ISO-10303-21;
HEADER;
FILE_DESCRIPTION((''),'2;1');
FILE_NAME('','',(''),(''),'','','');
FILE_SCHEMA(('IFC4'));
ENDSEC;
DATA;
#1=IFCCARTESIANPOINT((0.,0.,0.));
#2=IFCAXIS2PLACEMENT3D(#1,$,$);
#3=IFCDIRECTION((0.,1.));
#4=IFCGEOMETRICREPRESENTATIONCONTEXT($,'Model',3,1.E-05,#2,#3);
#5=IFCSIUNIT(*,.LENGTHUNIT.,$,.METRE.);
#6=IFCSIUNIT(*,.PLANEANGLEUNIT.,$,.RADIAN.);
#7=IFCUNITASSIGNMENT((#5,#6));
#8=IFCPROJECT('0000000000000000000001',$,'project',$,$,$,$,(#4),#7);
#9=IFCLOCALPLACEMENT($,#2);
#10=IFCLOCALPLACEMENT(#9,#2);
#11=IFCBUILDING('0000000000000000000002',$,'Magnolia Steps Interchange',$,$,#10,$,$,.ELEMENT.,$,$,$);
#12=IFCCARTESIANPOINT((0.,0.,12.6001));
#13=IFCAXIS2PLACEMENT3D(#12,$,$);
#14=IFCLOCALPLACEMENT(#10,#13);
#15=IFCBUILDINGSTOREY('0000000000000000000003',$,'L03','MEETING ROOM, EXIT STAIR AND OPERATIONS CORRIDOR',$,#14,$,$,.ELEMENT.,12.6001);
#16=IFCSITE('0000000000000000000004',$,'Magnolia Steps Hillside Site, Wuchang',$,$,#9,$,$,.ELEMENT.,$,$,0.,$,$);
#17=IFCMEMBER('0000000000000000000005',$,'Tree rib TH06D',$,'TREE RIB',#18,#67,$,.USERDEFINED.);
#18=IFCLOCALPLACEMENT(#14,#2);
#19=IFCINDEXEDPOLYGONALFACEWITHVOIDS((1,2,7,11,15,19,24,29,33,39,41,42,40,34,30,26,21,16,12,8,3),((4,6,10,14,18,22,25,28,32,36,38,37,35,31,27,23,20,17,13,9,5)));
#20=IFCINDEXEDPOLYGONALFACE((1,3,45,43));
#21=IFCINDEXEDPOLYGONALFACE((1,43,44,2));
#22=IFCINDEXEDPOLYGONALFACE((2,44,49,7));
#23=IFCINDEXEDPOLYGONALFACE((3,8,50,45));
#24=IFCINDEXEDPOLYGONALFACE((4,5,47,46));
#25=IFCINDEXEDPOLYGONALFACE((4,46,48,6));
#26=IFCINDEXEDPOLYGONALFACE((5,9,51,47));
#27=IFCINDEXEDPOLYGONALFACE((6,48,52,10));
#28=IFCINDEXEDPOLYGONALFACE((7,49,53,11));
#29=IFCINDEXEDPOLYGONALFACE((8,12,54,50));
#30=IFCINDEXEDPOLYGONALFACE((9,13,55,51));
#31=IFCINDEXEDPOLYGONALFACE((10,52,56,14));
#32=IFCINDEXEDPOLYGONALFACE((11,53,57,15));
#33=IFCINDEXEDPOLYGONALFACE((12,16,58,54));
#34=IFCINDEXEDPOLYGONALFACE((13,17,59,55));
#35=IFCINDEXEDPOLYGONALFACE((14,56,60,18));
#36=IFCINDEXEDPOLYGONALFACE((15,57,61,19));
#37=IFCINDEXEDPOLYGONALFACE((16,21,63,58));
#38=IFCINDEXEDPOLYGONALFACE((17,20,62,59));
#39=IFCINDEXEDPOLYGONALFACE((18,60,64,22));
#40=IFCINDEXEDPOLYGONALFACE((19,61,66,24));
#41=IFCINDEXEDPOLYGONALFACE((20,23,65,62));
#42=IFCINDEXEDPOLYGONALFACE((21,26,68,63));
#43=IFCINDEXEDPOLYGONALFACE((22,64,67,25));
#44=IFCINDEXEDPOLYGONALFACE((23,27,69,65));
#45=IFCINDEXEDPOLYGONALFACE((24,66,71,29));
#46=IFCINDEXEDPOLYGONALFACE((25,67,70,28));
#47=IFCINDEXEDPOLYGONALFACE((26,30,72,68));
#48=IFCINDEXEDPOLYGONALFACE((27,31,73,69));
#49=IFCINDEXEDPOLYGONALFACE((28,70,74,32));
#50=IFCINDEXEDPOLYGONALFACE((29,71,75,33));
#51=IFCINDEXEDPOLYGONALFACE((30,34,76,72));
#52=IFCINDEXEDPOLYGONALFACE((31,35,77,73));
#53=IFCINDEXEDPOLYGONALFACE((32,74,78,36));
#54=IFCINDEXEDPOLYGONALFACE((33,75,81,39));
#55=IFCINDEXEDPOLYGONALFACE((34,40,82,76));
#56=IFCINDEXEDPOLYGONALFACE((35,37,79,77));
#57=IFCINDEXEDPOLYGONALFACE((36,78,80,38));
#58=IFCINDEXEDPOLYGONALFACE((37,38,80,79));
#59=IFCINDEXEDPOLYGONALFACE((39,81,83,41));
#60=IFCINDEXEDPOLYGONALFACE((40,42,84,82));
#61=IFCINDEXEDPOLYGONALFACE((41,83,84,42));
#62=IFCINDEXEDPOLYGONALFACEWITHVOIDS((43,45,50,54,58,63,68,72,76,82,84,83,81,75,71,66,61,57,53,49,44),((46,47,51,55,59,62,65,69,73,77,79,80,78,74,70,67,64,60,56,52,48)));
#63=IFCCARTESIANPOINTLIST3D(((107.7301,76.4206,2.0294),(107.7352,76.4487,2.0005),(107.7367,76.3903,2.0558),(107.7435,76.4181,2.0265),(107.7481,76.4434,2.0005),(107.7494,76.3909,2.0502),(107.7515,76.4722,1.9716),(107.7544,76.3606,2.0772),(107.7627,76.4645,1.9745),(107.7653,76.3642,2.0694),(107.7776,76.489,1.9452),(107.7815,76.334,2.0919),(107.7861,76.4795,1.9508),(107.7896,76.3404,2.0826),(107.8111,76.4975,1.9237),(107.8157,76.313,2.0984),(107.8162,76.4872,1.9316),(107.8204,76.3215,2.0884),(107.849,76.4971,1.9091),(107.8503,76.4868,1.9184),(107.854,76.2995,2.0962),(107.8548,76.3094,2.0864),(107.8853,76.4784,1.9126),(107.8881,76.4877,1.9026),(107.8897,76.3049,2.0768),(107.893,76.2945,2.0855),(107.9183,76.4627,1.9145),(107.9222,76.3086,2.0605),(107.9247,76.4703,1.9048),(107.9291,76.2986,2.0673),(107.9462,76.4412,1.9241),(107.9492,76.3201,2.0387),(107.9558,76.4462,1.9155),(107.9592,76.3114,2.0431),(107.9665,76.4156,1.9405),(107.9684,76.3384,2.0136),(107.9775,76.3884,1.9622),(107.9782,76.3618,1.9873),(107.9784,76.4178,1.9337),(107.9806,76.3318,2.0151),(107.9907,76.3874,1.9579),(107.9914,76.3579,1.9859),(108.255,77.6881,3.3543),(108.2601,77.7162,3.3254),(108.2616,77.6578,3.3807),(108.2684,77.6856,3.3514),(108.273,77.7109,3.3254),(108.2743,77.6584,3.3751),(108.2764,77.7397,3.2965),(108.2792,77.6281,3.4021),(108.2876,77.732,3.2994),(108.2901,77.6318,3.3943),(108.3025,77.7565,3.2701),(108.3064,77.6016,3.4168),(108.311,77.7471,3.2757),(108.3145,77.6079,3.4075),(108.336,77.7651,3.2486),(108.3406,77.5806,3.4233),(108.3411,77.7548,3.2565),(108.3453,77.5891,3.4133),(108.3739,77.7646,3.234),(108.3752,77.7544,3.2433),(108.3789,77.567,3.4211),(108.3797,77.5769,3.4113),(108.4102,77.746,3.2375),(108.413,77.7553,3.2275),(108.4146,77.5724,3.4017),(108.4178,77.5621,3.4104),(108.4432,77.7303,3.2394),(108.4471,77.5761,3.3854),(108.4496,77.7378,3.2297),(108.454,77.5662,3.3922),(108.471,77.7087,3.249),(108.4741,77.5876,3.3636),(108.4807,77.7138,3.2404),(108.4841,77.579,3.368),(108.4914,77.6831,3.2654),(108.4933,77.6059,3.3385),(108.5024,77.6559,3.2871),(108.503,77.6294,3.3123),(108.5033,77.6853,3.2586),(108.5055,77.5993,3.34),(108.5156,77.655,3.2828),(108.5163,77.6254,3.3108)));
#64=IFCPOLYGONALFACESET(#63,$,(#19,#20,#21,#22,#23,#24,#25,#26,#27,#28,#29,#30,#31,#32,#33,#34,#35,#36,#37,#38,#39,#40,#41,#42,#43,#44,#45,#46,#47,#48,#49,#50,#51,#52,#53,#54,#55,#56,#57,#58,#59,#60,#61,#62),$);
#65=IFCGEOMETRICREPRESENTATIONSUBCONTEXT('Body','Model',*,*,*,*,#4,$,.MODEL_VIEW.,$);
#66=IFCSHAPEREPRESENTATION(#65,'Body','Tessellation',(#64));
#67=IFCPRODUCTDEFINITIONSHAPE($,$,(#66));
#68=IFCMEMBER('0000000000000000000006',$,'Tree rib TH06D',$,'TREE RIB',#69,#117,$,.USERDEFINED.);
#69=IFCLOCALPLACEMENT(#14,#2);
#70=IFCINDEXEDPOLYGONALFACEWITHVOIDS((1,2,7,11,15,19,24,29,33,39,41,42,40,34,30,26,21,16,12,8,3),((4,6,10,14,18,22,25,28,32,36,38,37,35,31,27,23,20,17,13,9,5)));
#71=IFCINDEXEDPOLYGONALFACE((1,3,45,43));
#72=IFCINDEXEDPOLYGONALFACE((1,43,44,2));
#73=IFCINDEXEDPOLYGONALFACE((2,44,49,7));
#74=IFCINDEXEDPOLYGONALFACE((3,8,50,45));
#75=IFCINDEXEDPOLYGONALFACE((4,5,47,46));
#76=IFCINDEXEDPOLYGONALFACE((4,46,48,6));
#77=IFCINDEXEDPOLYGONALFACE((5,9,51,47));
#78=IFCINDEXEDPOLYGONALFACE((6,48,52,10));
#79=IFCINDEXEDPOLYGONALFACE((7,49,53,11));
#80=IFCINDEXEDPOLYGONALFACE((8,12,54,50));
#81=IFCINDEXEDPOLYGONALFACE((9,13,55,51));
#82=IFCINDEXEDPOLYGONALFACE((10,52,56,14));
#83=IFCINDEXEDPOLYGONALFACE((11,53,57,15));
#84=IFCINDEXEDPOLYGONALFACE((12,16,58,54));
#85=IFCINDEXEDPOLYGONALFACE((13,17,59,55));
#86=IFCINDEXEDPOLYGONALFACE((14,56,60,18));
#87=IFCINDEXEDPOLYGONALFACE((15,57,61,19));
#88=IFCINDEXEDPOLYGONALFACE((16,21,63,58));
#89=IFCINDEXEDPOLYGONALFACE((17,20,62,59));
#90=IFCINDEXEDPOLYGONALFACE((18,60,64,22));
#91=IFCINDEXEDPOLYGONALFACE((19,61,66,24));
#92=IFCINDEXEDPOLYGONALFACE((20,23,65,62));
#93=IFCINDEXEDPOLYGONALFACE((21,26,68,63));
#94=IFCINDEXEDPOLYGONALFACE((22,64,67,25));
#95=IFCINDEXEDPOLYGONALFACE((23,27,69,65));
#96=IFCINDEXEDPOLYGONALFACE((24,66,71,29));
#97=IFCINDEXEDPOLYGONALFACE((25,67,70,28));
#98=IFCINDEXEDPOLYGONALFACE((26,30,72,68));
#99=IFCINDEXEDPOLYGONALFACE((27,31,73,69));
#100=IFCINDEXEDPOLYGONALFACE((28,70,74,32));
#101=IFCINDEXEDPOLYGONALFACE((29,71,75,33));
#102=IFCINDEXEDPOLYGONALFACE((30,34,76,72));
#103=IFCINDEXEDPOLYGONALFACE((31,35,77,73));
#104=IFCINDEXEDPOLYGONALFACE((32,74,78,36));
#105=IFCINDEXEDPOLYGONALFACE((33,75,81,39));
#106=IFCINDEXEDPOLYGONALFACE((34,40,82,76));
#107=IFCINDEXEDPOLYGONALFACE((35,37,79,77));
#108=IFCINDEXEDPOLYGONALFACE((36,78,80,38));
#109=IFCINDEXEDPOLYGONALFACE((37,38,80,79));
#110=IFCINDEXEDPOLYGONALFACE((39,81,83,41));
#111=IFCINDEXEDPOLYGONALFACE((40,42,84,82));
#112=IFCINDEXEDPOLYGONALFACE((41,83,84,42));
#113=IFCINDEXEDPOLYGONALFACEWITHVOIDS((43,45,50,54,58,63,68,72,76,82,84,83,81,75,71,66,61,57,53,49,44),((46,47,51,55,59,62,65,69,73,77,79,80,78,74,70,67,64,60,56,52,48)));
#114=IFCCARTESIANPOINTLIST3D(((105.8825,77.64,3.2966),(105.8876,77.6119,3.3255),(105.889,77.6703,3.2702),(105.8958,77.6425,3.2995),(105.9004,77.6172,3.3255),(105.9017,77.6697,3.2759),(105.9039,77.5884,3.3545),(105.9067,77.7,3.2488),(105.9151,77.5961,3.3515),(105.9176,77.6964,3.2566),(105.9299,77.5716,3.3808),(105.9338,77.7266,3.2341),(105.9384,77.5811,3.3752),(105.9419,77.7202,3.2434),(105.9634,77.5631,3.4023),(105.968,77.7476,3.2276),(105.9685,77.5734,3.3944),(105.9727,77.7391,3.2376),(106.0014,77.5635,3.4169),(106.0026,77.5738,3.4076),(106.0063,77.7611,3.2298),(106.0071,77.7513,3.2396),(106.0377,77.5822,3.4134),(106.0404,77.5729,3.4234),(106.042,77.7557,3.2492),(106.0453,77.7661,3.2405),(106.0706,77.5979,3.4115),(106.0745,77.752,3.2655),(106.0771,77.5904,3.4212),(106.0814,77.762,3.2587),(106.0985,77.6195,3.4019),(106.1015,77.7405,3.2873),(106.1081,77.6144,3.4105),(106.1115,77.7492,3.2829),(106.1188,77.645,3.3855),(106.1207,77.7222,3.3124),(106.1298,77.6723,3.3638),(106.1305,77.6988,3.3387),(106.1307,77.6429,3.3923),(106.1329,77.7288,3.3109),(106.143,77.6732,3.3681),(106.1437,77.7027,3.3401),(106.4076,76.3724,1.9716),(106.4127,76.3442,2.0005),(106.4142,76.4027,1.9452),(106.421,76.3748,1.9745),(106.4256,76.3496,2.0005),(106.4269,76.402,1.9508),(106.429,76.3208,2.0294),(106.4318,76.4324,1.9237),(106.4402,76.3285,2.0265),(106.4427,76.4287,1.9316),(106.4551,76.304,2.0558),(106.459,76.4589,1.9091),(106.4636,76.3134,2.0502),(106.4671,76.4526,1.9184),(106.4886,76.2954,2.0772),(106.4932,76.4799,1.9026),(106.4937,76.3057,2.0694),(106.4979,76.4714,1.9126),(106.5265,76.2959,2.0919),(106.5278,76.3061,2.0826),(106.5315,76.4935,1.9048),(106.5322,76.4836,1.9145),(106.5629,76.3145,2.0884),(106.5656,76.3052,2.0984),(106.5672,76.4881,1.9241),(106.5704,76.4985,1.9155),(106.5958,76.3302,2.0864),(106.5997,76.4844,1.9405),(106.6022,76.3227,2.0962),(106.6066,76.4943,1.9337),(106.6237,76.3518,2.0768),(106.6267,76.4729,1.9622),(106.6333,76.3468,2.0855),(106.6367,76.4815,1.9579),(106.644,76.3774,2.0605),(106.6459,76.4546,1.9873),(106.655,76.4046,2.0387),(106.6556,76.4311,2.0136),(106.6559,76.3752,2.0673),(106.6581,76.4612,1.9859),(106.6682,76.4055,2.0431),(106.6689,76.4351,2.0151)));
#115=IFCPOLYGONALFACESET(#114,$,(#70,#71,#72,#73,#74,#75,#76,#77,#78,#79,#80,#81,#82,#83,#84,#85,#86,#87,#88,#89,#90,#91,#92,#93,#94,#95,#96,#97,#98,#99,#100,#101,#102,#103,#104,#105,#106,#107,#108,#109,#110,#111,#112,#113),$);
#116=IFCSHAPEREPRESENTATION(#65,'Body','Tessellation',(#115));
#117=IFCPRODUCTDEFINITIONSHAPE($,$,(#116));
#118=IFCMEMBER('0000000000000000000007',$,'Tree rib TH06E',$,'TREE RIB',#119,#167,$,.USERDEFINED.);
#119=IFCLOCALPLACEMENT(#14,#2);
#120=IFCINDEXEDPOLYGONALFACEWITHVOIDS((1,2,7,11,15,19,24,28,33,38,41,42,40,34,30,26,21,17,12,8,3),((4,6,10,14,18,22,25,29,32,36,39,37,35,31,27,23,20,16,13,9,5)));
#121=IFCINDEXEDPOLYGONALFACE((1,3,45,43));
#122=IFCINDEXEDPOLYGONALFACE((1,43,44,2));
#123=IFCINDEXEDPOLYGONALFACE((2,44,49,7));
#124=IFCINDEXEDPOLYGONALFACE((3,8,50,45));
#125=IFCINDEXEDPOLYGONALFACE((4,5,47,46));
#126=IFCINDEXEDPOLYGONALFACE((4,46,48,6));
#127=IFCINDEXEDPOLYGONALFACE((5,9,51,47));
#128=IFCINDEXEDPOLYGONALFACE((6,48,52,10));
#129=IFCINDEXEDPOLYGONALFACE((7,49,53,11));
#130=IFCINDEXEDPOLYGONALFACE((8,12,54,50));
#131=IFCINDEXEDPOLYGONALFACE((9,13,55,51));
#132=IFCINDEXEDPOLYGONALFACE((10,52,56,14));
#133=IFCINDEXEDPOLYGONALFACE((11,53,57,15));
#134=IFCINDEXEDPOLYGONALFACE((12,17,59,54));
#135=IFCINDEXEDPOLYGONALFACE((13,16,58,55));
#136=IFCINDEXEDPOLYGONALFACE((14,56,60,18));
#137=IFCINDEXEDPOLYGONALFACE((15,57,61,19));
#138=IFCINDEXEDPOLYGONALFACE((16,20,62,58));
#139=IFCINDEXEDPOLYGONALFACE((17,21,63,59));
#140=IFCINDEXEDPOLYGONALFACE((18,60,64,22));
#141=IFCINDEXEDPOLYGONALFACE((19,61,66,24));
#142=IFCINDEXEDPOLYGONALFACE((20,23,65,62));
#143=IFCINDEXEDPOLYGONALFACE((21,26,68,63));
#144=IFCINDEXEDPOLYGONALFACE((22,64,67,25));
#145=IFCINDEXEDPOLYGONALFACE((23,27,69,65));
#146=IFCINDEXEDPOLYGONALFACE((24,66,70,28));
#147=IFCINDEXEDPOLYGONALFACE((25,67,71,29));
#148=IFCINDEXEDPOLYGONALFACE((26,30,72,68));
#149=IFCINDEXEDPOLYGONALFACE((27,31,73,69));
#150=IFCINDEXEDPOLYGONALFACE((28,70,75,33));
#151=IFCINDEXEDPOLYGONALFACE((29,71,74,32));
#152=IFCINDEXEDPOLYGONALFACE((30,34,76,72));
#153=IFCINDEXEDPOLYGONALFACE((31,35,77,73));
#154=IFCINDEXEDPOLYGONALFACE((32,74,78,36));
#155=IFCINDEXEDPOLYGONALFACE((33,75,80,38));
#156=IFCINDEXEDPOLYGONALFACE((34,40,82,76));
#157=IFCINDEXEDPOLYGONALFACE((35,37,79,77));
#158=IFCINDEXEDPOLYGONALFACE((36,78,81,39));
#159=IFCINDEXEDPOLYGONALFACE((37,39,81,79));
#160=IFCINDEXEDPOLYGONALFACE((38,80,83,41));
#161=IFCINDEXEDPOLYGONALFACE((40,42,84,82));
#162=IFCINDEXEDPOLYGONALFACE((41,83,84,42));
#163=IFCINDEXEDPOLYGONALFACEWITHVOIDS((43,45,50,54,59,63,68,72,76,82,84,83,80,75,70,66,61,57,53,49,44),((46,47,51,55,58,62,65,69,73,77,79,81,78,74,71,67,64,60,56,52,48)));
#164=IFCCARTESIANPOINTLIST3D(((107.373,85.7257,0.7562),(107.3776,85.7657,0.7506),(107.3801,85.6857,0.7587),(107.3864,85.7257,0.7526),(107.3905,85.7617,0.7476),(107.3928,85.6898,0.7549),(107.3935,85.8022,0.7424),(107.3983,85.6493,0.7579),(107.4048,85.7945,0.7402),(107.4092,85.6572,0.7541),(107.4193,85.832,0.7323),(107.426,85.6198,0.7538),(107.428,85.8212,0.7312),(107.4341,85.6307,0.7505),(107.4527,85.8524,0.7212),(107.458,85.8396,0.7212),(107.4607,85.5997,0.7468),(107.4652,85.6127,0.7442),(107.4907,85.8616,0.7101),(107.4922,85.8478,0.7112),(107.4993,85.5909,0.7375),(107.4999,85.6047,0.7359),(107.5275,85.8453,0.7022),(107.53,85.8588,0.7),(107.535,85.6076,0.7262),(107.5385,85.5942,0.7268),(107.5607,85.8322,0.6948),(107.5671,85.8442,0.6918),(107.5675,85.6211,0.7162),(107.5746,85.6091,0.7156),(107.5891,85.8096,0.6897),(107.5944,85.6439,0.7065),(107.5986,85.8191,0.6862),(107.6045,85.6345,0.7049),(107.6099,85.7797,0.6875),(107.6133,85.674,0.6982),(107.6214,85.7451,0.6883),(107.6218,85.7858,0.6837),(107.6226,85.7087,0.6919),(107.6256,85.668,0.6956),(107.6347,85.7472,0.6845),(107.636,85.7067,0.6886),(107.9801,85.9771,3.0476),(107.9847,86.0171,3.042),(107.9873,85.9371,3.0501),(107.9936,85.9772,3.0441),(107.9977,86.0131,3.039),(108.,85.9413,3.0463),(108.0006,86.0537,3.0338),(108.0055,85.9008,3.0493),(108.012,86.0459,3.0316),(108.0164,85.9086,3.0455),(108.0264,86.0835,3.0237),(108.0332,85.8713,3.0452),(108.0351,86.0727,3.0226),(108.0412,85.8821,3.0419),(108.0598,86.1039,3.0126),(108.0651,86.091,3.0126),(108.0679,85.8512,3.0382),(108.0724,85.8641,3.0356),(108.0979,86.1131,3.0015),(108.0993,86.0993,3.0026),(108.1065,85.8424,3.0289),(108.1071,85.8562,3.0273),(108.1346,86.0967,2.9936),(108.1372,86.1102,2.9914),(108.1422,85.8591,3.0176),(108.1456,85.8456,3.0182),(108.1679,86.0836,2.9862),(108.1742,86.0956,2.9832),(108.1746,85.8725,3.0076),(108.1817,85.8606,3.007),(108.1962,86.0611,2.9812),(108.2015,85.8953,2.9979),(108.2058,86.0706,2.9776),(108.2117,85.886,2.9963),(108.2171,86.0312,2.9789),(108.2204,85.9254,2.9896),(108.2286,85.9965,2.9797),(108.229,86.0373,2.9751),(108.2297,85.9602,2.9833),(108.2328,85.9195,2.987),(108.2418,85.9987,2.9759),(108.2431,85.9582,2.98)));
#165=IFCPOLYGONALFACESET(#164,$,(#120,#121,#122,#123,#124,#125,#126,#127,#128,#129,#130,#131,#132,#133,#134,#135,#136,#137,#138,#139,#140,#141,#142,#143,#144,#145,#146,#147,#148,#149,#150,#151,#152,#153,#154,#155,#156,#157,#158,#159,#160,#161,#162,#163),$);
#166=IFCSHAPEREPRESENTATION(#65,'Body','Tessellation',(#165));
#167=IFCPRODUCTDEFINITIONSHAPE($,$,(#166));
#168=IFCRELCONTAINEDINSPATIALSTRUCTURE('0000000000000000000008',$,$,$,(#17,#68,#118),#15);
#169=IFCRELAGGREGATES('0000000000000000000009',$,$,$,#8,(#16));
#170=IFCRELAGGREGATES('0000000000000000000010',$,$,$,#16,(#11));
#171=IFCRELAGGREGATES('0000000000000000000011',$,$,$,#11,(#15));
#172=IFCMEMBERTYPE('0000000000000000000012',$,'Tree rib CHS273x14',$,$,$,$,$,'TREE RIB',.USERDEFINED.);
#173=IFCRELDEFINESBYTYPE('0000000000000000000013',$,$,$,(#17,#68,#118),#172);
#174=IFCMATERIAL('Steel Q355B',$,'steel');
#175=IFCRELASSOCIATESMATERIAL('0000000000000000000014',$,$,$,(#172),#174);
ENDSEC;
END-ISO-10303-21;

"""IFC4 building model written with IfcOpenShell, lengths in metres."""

from ifc_helpers import new_model, si_unit, direction, frame, origin, origin_2d, place, context, subcontext, project, spatial, hollow_circle, extrude, material, material_profile, profile_set, type_object, element, save


model = new_model("IFC4")

# Units and contexts
model_context = context("Model", 3, precision=1e-05, world=origin(), true_north=direction((0.0, 1.0)))
body_context = subcontext(model_context, "Body", "Model", "MODEL_VIEW")
ifc_project = project(units=[si_unit("LENGTHUNIT", "METRE"), si_unit("PLANEANGLEUNIT", "RADIAN")], contexts=[model_context])

# Site, building, storey
site_placement = place(None, origin())
site = spatial("IfcSite", under=ifc_project, at=site_placement, Name="Magnolia Steps Hillside Site, Wuchang", CompositionType="ELEMENT", RefElevation=0.0)
building_placement = place(site_placement, origin())
building = spatial("IfcBuilding", under=site, at=building_placement, Name="Magnolia Steps Interchange", CompositionType="ELEMENT")
storey_placement = place(building_placement, frame((0.0, 0.0, 12.6001)))
storey = spatial("IfcBuildingStorey", under=building, at=storey_placement, Name="L03", Description="MEETING ROOM, EXIT STAIR AND OPERATIONS CORRIDOR", CompositionType="ELEMENT", Elevation=12.6001)

# Members
ifc_material_1 = material(Name="Steel Q355B", Category="steel")
ifc_material_profile_1 = material_profile(ifc_material_1, hollow_circle(Radius=0.1365, WallThickness=0.0139, at=origin_2d()), Name="CHS273x14")
ifc_profile_set_1 = profile_set([ifc_material_profile_1], Name="Steel Q355B")
member_type_1 = type_object("IfcMemberType", Name="Tree rib CHS273x14", ElementType="TREE RIB", PredefinedType="USERDEFINED", material=ifc_profile_set_1)
member_1_placement = place(storey_placement, frame((107.8613, 76.3965, 2.0005), z_axis=(0.275208, 0.664595, 0.694676), x_axis=(-0.923917, 0.382593, 0.0)))
element("IfcMember", 1, at=member_1_placement, inside=storey, type_object=member_type_1, Name="Tree rib TH06D", ObjectType="TREE RIB", PredefinedType="USERDEFINED", context=body_context, shape_type="SweptSolid", body=[
    extrude(hollow_circle(Radius=0.1365, WallThickness=0.0139, at=origin_2d()), origin(), (0.0, 0.0, 1.0), 1.9072),
])
member_2_placement = place(storey_placement, frame((106.5388, 76.3965, 2.0005), z_axis=(-0.275326, 0.664571, 0.694651), x_axis=(-0.923854, -0.382745, 0.0)))
element("IfcMember", 2, at=member_2_placement, inside=storey, type_object=member_type_1, Name="Tree rib TH06D", ObjectType="TREE RIB", PredefinedType="USERDEFINED", context=body_context, shape_type="SweptSolid", body=[
    extrude(hollow_circle(Radius=0.1365, WallThickness=0.0139, at=origin_2d()), origin(), (0.0, 0.0, 1.0), 1.9075),
])
for number, where, z_axis, x_axis, name in (
    (3, (107.5049, 85.7263, 0.7212), (0.254701, 0.105485, 0.961249), (-0.382636, 0.923899, 0.0), "Tree rib TH06E"),
):
    element("IfcMember", number, at=place(storey_placement, frame(where, z_axis=z_axis, x_axis=x_axis)), inside=storey, type_object=member_type_1, Name=name, ObjectType="TREE RIB", PredefinedType="USERDEFINED", context=body_context, shape_type="SweptSolid", body=[
        extrude(hollow_circle(Radius=0.1365, WallThickness=0.0139, at=origin_2d()), origin(), (0.0, 0.0, 1.0), 2.3838),
    ])

save(model, "model.ifc")
